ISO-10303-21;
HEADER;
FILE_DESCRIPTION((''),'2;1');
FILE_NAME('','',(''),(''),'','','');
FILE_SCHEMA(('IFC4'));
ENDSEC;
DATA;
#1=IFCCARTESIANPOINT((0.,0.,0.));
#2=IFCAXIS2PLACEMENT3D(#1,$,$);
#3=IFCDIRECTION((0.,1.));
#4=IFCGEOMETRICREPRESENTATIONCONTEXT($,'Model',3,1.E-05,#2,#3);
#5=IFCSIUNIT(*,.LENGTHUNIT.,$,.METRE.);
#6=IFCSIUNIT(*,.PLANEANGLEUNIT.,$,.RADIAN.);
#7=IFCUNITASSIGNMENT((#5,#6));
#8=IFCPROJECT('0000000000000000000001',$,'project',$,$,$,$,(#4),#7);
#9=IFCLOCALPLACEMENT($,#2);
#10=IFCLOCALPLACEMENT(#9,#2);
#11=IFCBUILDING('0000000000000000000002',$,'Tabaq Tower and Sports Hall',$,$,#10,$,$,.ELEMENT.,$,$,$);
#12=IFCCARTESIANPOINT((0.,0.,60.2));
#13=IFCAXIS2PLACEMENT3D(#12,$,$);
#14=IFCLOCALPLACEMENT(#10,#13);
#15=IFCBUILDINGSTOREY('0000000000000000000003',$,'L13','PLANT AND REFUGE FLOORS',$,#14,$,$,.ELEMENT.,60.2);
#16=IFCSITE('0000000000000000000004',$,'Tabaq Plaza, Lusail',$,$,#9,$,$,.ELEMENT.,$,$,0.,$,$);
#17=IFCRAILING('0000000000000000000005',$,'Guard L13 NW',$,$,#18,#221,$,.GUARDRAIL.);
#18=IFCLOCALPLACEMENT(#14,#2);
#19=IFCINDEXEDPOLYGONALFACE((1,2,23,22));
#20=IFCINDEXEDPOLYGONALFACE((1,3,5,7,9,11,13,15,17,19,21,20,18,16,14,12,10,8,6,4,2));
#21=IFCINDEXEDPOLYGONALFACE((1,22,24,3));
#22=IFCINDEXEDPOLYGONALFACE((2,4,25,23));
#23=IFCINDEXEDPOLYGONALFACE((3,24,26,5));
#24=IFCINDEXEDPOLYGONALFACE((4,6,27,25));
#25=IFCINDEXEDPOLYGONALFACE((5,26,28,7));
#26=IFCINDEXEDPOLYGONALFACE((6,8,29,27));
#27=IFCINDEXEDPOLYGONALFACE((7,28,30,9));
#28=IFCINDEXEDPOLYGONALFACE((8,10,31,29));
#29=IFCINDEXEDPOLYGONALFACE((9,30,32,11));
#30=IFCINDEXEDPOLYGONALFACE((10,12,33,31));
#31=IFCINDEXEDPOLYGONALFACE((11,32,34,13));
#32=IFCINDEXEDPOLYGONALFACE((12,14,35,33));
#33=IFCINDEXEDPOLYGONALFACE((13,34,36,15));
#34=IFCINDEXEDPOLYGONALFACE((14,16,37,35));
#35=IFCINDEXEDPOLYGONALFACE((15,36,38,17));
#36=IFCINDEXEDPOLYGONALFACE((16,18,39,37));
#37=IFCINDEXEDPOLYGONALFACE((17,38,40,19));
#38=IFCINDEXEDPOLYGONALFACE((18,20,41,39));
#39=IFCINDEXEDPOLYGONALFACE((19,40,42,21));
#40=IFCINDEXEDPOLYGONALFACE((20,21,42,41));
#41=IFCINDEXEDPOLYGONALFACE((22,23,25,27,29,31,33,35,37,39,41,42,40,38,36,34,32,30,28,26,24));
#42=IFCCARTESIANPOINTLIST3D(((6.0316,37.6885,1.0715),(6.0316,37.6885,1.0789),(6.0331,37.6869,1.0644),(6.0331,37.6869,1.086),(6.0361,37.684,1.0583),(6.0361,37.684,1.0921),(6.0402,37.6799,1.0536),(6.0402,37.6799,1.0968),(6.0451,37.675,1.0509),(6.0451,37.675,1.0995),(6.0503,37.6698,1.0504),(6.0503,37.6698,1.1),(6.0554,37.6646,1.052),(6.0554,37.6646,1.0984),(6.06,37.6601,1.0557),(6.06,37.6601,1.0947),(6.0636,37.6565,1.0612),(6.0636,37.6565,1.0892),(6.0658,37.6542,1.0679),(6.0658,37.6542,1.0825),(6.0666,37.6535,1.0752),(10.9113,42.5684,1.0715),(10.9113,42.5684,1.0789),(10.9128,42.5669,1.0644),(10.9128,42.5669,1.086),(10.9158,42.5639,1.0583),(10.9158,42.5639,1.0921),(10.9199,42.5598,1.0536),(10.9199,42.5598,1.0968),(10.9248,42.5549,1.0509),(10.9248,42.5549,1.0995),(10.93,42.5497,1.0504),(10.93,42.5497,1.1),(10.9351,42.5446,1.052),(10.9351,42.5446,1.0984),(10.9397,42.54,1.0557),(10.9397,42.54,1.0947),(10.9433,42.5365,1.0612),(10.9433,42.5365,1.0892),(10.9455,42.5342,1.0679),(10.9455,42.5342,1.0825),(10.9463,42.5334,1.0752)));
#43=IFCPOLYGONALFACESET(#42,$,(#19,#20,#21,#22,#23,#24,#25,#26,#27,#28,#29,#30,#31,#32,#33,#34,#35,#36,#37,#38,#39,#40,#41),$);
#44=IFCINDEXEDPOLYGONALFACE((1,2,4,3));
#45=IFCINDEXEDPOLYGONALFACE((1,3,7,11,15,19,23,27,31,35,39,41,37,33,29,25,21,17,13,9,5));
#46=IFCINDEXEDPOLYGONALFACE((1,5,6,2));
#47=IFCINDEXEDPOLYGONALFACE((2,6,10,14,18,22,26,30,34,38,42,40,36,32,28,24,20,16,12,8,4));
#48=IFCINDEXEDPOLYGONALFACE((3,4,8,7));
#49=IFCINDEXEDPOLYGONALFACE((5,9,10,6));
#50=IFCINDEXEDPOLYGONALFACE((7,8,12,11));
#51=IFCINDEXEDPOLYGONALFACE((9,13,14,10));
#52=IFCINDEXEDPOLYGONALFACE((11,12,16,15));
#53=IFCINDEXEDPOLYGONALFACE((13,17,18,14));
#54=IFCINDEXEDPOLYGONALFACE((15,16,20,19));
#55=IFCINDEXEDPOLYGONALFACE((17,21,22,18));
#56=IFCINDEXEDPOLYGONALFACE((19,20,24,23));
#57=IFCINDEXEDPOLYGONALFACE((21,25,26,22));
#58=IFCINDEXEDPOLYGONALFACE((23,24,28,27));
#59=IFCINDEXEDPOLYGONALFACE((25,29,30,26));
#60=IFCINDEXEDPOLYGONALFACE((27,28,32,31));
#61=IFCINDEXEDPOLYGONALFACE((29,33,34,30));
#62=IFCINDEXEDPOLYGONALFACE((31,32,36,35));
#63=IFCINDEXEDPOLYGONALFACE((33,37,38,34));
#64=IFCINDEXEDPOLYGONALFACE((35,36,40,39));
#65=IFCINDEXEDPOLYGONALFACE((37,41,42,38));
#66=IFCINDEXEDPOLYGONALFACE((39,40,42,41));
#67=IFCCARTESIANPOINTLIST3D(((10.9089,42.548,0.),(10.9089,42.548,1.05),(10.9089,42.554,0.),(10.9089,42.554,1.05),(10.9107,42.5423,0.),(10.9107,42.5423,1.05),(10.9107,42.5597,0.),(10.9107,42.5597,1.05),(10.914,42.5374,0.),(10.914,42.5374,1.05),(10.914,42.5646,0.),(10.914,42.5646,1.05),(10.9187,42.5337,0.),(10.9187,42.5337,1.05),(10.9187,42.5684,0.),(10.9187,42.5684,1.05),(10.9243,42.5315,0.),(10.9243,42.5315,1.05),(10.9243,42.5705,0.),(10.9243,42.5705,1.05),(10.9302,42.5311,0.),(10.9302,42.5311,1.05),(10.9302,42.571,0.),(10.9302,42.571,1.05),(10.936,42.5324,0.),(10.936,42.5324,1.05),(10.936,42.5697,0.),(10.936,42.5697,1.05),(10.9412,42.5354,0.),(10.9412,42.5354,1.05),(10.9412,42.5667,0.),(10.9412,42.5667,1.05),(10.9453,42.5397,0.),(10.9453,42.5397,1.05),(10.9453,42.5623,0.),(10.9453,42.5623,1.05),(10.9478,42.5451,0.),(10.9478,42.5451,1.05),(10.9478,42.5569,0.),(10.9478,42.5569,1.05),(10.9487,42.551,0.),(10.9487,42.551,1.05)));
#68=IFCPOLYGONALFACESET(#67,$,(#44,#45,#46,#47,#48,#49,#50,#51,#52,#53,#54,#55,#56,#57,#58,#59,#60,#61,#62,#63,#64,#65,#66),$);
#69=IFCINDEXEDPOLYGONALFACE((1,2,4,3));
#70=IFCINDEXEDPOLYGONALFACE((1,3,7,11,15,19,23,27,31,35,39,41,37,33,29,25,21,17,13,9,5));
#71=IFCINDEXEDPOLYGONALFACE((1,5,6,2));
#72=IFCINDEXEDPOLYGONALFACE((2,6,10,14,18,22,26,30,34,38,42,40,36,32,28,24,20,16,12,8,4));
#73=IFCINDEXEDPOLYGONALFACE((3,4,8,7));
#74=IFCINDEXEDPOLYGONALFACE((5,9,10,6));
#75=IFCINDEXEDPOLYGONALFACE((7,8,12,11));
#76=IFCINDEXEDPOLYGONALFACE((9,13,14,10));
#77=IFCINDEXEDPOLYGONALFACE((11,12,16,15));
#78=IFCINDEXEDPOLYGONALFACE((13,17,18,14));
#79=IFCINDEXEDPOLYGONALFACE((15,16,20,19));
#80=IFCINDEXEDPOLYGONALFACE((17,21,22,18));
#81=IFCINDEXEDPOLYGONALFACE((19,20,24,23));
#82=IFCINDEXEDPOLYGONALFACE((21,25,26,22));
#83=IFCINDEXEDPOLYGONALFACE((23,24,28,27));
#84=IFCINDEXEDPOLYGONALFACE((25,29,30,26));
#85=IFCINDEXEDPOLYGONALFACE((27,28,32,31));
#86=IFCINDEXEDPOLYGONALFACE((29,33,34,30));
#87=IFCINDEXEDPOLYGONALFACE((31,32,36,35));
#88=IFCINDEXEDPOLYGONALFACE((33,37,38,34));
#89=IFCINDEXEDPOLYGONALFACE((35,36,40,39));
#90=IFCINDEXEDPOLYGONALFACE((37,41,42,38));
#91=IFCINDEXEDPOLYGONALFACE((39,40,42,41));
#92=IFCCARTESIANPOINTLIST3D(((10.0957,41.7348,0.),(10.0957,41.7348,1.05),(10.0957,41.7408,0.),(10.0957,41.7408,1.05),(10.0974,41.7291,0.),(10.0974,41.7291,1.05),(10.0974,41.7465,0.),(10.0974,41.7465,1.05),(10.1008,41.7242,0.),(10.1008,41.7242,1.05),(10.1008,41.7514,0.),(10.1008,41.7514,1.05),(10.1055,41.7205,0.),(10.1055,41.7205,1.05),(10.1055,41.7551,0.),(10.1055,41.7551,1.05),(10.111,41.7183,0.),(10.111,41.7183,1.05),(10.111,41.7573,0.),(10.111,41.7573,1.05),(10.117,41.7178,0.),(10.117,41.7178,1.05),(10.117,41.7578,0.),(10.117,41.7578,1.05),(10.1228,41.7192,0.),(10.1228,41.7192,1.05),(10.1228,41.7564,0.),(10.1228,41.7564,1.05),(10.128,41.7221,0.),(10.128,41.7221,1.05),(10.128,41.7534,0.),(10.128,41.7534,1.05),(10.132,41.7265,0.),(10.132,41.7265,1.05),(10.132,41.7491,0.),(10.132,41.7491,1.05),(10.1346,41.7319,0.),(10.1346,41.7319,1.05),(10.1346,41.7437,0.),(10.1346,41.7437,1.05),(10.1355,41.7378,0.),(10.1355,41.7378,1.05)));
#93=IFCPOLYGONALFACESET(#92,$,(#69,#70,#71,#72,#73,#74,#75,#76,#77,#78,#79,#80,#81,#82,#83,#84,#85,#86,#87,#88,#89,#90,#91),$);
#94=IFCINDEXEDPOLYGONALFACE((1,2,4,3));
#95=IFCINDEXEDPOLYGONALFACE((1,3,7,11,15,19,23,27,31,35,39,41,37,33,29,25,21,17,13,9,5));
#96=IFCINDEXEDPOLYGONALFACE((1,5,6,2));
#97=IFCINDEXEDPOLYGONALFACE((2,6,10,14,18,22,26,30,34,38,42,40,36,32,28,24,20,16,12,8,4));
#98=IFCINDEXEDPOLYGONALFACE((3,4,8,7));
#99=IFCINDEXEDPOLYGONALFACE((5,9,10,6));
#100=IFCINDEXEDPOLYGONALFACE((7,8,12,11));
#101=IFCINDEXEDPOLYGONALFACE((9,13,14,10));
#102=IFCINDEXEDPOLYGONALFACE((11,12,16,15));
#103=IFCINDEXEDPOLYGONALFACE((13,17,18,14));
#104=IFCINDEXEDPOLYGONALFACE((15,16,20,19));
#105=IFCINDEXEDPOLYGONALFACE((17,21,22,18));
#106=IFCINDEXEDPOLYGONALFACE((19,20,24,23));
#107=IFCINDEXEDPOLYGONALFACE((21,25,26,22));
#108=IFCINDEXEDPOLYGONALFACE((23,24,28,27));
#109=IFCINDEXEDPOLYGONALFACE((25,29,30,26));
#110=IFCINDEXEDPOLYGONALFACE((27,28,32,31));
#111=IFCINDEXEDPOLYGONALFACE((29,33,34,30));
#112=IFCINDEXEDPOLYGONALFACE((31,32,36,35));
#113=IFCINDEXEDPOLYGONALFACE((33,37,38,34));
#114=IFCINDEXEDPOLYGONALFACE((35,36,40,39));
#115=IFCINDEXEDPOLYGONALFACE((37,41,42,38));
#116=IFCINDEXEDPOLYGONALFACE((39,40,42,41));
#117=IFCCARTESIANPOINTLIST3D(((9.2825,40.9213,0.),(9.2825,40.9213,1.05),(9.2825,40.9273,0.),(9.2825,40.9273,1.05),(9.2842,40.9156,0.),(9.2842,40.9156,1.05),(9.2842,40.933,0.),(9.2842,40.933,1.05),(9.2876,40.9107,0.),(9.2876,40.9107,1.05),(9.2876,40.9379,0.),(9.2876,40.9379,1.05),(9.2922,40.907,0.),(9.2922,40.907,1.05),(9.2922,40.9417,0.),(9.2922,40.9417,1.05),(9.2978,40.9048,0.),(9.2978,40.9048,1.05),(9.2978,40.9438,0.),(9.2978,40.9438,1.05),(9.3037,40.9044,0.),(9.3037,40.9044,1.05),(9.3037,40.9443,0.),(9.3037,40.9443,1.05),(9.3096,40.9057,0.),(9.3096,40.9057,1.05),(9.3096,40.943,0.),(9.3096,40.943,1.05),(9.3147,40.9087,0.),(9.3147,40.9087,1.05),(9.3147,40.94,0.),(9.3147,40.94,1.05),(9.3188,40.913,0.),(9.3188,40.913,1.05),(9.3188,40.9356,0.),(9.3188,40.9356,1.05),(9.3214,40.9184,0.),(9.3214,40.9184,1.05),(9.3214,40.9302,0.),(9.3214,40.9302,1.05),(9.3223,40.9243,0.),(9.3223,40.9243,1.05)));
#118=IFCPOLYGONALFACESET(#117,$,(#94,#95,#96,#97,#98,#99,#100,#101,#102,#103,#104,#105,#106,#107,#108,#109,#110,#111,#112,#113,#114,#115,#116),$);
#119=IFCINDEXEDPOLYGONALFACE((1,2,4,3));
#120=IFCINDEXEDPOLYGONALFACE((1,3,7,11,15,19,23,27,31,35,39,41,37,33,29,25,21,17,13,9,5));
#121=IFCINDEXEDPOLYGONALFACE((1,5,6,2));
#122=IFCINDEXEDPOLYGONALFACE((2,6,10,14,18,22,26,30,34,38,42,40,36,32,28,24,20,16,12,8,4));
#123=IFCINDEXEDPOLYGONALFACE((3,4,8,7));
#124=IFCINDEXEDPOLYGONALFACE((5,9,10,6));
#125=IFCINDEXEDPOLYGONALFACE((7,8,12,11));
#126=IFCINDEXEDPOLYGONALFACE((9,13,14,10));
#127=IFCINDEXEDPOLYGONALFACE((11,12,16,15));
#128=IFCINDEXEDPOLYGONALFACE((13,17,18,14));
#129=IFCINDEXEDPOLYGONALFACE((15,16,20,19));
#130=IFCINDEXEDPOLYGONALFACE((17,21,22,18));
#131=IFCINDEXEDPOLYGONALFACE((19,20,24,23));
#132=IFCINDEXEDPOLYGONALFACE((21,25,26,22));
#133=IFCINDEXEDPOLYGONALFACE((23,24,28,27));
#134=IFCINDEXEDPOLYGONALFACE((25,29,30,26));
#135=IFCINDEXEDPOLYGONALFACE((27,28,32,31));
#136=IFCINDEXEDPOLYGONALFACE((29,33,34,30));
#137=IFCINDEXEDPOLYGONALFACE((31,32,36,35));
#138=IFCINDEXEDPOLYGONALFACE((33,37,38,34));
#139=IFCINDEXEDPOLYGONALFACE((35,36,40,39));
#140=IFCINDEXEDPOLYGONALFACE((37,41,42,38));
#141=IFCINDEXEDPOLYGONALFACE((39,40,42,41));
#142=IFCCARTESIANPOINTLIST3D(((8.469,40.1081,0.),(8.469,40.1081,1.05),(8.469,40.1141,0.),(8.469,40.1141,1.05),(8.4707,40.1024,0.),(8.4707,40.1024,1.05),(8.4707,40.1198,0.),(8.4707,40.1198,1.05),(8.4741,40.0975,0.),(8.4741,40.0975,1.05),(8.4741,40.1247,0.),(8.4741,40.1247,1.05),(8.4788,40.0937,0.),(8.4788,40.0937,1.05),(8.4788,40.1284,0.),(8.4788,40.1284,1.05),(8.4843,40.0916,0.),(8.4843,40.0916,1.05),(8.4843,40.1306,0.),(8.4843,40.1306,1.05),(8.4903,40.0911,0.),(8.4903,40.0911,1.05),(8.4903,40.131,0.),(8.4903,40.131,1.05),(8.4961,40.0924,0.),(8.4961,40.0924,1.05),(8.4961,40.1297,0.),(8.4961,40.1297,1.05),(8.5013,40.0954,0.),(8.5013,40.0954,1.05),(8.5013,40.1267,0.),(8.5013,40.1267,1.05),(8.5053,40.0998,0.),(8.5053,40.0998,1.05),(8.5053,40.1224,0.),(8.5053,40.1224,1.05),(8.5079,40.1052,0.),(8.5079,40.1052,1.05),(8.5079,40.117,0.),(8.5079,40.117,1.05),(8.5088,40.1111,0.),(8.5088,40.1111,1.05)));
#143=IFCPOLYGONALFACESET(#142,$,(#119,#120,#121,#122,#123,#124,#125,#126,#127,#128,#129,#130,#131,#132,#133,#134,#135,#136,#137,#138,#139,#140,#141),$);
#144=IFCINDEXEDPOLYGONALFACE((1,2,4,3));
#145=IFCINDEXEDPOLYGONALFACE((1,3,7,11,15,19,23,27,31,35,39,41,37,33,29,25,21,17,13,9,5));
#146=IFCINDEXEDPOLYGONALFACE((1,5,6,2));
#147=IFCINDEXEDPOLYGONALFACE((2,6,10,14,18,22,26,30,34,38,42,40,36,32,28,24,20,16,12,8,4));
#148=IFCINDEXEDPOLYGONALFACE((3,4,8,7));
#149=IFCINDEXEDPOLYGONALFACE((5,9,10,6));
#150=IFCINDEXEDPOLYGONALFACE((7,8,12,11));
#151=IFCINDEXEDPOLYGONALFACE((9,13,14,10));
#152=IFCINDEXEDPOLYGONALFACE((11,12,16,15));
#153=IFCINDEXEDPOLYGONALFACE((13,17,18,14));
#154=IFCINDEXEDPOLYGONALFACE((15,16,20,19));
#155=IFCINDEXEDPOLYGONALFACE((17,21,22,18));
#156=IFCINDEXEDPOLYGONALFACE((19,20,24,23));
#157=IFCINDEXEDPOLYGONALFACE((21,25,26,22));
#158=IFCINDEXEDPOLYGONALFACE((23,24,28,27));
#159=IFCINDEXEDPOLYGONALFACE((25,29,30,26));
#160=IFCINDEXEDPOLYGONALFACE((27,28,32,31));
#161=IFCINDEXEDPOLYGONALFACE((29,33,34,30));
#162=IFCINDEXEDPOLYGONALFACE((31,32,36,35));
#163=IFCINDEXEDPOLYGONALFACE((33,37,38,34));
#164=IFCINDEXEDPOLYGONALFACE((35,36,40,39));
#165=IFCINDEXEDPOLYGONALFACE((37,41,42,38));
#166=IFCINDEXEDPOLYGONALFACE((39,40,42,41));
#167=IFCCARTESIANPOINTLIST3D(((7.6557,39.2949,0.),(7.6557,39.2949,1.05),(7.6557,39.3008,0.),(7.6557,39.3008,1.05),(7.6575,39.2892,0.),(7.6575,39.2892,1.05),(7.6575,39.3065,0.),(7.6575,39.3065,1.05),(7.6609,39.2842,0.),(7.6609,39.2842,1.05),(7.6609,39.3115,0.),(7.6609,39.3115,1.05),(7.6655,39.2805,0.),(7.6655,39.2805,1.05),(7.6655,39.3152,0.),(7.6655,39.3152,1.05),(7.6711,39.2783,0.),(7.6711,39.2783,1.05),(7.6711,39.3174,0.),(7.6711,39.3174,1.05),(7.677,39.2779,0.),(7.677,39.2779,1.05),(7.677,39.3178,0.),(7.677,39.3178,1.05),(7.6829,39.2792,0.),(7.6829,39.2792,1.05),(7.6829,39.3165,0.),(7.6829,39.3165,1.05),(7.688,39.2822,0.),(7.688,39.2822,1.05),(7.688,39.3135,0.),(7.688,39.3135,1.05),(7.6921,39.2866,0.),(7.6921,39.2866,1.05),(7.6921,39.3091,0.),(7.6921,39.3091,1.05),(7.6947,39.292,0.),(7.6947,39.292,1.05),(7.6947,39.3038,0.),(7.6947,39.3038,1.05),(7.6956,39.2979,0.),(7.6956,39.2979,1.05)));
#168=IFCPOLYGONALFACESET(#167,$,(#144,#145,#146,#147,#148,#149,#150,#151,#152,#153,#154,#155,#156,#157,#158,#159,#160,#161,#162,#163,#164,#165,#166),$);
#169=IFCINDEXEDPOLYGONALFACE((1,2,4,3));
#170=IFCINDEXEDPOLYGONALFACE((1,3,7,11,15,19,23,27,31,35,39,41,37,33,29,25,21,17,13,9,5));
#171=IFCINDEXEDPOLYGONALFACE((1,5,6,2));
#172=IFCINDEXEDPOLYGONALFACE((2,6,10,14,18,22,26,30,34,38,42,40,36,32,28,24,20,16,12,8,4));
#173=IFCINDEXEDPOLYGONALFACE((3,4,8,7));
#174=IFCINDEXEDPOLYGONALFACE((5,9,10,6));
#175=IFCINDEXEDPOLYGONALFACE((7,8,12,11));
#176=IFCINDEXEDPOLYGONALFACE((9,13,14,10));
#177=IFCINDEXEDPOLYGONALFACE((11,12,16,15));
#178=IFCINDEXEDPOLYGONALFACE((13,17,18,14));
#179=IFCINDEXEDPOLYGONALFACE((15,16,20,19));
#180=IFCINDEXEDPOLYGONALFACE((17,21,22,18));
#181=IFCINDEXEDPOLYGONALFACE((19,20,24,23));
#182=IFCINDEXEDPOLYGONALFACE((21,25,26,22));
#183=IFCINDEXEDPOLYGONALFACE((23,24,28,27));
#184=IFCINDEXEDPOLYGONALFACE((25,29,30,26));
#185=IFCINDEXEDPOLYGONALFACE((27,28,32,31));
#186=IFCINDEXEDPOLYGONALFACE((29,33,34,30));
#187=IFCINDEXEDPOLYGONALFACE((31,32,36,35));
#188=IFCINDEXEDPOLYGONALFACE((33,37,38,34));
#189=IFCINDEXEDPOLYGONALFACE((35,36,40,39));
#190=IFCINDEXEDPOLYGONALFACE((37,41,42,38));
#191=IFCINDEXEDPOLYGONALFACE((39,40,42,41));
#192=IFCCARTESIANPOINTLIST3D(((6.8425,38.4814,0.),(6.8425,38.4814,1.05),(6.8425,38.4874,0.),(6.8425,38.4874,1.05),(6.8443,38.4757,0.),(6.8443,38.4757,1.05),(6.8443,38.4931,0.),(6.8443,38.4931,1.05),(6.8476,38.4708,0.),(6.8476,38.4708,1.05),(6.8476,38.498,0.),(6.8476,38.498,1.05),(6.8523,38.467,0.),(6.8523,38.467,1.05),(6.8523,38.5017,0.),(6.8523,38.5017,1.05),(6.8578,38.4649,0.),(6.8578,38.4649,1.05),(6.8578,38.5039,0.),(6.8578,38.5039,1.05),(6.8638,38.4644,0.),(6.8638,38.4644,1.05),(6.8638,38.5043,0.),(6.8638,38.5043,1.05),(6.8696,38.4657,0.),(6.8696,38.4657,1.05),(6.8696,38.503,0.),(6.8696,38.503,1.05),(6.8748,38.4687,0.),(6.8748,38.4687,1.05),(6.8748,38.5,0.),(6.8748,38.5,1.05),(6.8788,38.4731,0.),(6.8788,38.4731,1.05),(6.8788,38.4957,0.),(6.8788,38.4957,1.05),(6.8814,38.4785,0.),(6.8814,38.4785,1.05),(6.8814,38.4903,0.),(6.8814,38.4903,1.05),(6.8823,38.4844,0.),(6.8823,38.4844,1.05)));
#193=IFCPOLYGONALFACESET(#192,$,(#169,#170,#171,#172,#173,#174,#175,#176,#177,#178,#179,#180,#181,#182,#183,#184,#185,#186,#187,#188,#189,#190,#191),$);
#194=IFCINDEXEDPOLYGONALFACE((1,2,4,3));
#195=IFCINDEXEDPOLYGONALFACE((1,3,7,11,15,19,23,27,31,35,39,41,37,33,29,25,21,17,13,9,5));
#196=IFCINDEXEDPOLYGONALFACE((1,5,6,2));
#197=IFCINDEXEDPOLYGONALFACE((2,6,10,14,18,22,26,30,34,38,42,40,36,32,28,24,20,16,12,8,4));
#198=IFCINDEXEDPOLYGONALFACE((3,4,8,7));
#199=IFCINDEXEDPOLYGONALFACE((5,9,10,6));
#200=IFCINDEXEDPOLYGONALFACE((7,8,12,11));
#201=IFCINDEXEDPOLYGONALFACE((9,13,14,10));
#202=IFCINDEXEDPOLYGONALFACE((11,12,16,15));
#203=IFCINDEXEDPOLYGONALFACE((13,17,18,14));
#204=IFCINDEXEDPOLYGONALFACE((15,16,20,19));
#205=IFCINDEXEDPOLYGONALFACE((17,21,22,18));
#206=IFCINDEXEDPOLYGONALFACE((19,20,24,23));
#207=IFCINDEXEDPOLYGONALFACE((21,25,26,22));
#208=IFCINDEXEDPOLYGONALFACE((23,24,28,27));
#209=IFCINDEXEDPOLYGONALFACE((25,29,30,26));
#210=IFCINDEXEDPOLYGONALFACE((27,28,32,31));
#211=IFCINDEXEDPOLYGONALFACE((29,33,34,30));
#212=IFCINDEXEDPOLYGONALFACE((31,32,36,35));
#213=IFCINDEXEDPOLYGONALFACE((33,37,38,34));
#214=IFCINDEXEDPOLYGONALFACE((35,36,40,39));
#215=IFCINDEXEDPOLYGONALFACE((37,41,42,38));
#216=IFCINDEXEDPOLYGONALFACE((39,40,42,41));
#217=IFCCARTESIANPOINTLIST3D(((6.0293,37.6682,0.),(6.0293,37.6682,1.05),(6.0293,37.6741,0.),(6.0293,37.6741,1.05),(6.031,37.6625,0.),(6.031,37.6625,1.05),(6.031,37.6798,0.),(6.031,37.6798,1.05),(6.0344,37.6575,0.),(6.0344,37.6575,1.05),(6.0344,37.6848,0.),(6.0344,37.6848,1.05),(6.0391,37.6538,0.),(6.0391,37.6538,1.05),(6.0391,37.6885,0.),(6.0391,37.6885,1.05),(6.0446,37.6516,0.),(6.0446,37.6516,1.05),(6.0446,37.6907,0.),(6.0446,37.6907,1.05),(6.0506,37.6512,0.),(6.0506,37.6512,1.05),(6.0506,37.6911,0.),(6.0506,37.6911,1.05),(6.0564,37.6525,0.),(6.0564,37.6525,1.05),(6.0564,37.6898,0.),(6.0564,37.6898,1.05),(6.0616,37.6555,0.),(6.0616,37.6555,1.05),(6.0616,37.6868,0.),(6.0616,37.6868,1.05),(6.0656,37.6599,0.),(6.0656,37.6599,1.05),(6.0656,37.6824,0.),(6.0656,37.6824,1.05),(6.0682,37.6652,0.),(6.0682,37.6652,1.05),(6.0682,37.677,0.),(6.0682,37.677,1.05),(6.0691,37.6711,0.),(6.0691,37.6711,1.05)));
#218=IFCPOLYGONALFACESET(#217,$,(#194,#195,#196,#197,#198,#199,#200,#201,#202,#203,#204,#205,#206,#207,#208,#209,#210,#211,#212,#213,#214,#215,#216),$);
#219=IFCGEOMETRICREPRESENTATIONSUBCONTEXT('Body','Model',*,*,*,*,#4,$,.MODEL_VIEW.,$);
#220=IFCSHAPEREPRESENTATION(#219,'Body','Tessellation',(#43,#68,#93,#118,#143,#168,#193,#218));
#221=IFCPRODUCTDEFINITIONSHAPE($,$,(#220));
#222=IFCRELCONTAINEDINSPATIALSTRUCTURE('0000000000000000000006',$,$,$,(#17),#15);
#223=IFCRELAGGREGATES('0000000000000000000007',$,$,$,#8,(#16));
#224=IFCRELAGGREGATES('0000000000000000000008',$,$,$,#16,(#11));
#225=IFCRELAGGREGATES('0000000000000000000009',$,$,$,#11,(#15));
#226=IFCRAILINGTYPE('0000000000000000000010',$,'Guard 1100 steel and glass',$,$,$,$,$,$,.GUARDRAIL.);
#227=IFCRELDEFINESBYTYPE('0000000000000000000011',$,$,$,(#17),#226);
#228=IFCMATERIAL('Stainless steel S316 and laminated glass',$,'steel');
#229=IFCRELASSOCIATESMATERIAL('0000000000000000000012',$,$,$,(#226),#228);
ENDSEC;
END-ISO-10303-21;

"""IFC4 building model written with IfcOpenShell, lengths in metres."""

from ifc_helpers import new_model, si_unit, direction, frame, origin, origin_2d, place, context, subcontext, project, spatial, circle, extrude, material, type_object, element, save


model = new_model("IFC4")

# Units and contexts
model_context = context("Model", 3, precision=1e-05, world=origin(), true_north=direction((0.0, 1.0)))
body_context = subcontext(model_context, "Body", "Model", "MODEL_VIEW")
ifc_project = project(units=[si_unit("LENGTHUNIT", "METRE"), si_unit("PLANEANGLEUNIT", "RADIAN")], contexts=[model_context])

# Site, building, storey
site_placement = place(None, origin())
site = spatial("IfcSite", under=ifc_project, at=site_placement, Name="Tabaq Plaza, Lusail", CompositionType="ELEMENT", RefElevation=0.0)
building_placement = place(site_placement, origin())
building = spatial("IfcBuilding", under=site, at=building_placement, Name="Tabaq Tower and Sports Hall", CompositionType="ELEMENT")
storey_placement = place(building_placement, frame((0.0, 0.0, 60.2)))
storey = spatial("IfcBuildingStorey", under=building, at=storey_placement, Name="L13", Description="PLANT AND REFUGE FLOORS", CompositionType="ELEMENT", Elevation=60.2)

# Railing
ifc_material_1 = material(Name="Stainless steel S316 and laminated glass", Category="steel")
railing_type_1 = type_object("IfcRailingType", Name="Guard 1100 steel and glass", PredefinedType="GUARDRAIL", material=ifc_material_1)
railing_1_placement = place(storey_placement, frame((10.9287, 42.551, 0.0)))
element("IfcRailing", 1, at=railing_1_placement, inside=storey, type_object=railing_type_1, Name="Guard L13 NW", PredefinedType="GUARDRAIL", context=body_context, shape_type="SweptSolid", body=[
    extrude(circle(Radius=0.0249, at=origin_2d()), frame((0.0, 0.0, 1.0752), z_axis=(-0.707089, -0.707124, 0.0), x_axis=(0.707124, -0.707089, 0.0)), (0.0, 0.0, 1.0), 6.9011),
    extrude(circle(Radius=0.02, at=origin_2d()), origin(), (0.0, 0.0, 1.0), 1.05),
    extrude(circle(Radius=0.02, at=origin_2d()), frame((-0.8132, -0.8132, 0.0)), (0.0, 0.0, 1.0), 1.05),
    extrude(circle(Radius=0.02, at=origin_2d()), frame((-1.6265, -1.6267, 0.0)), (0.0, 0.0, 1.0), 1.05),
    extrude(circle(Radius=0.02, at=origin_2d()), frame((-2.4399, -2.4399, 0.0)), (0.0, 0.0, 1.0), 1.05),
    extrude(circle(Radius=0.02, at=origin_2d()), frame((-3.2532, -3.2532, 0.0)), (0.0, 0.0, 1.0), 1.05),
    extrude(circle(Radius=0.02, at=origin_2d()), frame((-4.0664, -4.0667, 0.0)), (0.0, 0.0, 1.0), 1.05),
    extrude(circle(Radius=0.02, at=origin_2d()), frame((-4.8796, -4.8799, 0.0)), (0.0, 0.0, 1.0), 1.05),
])

save(model, "model.ifc")
